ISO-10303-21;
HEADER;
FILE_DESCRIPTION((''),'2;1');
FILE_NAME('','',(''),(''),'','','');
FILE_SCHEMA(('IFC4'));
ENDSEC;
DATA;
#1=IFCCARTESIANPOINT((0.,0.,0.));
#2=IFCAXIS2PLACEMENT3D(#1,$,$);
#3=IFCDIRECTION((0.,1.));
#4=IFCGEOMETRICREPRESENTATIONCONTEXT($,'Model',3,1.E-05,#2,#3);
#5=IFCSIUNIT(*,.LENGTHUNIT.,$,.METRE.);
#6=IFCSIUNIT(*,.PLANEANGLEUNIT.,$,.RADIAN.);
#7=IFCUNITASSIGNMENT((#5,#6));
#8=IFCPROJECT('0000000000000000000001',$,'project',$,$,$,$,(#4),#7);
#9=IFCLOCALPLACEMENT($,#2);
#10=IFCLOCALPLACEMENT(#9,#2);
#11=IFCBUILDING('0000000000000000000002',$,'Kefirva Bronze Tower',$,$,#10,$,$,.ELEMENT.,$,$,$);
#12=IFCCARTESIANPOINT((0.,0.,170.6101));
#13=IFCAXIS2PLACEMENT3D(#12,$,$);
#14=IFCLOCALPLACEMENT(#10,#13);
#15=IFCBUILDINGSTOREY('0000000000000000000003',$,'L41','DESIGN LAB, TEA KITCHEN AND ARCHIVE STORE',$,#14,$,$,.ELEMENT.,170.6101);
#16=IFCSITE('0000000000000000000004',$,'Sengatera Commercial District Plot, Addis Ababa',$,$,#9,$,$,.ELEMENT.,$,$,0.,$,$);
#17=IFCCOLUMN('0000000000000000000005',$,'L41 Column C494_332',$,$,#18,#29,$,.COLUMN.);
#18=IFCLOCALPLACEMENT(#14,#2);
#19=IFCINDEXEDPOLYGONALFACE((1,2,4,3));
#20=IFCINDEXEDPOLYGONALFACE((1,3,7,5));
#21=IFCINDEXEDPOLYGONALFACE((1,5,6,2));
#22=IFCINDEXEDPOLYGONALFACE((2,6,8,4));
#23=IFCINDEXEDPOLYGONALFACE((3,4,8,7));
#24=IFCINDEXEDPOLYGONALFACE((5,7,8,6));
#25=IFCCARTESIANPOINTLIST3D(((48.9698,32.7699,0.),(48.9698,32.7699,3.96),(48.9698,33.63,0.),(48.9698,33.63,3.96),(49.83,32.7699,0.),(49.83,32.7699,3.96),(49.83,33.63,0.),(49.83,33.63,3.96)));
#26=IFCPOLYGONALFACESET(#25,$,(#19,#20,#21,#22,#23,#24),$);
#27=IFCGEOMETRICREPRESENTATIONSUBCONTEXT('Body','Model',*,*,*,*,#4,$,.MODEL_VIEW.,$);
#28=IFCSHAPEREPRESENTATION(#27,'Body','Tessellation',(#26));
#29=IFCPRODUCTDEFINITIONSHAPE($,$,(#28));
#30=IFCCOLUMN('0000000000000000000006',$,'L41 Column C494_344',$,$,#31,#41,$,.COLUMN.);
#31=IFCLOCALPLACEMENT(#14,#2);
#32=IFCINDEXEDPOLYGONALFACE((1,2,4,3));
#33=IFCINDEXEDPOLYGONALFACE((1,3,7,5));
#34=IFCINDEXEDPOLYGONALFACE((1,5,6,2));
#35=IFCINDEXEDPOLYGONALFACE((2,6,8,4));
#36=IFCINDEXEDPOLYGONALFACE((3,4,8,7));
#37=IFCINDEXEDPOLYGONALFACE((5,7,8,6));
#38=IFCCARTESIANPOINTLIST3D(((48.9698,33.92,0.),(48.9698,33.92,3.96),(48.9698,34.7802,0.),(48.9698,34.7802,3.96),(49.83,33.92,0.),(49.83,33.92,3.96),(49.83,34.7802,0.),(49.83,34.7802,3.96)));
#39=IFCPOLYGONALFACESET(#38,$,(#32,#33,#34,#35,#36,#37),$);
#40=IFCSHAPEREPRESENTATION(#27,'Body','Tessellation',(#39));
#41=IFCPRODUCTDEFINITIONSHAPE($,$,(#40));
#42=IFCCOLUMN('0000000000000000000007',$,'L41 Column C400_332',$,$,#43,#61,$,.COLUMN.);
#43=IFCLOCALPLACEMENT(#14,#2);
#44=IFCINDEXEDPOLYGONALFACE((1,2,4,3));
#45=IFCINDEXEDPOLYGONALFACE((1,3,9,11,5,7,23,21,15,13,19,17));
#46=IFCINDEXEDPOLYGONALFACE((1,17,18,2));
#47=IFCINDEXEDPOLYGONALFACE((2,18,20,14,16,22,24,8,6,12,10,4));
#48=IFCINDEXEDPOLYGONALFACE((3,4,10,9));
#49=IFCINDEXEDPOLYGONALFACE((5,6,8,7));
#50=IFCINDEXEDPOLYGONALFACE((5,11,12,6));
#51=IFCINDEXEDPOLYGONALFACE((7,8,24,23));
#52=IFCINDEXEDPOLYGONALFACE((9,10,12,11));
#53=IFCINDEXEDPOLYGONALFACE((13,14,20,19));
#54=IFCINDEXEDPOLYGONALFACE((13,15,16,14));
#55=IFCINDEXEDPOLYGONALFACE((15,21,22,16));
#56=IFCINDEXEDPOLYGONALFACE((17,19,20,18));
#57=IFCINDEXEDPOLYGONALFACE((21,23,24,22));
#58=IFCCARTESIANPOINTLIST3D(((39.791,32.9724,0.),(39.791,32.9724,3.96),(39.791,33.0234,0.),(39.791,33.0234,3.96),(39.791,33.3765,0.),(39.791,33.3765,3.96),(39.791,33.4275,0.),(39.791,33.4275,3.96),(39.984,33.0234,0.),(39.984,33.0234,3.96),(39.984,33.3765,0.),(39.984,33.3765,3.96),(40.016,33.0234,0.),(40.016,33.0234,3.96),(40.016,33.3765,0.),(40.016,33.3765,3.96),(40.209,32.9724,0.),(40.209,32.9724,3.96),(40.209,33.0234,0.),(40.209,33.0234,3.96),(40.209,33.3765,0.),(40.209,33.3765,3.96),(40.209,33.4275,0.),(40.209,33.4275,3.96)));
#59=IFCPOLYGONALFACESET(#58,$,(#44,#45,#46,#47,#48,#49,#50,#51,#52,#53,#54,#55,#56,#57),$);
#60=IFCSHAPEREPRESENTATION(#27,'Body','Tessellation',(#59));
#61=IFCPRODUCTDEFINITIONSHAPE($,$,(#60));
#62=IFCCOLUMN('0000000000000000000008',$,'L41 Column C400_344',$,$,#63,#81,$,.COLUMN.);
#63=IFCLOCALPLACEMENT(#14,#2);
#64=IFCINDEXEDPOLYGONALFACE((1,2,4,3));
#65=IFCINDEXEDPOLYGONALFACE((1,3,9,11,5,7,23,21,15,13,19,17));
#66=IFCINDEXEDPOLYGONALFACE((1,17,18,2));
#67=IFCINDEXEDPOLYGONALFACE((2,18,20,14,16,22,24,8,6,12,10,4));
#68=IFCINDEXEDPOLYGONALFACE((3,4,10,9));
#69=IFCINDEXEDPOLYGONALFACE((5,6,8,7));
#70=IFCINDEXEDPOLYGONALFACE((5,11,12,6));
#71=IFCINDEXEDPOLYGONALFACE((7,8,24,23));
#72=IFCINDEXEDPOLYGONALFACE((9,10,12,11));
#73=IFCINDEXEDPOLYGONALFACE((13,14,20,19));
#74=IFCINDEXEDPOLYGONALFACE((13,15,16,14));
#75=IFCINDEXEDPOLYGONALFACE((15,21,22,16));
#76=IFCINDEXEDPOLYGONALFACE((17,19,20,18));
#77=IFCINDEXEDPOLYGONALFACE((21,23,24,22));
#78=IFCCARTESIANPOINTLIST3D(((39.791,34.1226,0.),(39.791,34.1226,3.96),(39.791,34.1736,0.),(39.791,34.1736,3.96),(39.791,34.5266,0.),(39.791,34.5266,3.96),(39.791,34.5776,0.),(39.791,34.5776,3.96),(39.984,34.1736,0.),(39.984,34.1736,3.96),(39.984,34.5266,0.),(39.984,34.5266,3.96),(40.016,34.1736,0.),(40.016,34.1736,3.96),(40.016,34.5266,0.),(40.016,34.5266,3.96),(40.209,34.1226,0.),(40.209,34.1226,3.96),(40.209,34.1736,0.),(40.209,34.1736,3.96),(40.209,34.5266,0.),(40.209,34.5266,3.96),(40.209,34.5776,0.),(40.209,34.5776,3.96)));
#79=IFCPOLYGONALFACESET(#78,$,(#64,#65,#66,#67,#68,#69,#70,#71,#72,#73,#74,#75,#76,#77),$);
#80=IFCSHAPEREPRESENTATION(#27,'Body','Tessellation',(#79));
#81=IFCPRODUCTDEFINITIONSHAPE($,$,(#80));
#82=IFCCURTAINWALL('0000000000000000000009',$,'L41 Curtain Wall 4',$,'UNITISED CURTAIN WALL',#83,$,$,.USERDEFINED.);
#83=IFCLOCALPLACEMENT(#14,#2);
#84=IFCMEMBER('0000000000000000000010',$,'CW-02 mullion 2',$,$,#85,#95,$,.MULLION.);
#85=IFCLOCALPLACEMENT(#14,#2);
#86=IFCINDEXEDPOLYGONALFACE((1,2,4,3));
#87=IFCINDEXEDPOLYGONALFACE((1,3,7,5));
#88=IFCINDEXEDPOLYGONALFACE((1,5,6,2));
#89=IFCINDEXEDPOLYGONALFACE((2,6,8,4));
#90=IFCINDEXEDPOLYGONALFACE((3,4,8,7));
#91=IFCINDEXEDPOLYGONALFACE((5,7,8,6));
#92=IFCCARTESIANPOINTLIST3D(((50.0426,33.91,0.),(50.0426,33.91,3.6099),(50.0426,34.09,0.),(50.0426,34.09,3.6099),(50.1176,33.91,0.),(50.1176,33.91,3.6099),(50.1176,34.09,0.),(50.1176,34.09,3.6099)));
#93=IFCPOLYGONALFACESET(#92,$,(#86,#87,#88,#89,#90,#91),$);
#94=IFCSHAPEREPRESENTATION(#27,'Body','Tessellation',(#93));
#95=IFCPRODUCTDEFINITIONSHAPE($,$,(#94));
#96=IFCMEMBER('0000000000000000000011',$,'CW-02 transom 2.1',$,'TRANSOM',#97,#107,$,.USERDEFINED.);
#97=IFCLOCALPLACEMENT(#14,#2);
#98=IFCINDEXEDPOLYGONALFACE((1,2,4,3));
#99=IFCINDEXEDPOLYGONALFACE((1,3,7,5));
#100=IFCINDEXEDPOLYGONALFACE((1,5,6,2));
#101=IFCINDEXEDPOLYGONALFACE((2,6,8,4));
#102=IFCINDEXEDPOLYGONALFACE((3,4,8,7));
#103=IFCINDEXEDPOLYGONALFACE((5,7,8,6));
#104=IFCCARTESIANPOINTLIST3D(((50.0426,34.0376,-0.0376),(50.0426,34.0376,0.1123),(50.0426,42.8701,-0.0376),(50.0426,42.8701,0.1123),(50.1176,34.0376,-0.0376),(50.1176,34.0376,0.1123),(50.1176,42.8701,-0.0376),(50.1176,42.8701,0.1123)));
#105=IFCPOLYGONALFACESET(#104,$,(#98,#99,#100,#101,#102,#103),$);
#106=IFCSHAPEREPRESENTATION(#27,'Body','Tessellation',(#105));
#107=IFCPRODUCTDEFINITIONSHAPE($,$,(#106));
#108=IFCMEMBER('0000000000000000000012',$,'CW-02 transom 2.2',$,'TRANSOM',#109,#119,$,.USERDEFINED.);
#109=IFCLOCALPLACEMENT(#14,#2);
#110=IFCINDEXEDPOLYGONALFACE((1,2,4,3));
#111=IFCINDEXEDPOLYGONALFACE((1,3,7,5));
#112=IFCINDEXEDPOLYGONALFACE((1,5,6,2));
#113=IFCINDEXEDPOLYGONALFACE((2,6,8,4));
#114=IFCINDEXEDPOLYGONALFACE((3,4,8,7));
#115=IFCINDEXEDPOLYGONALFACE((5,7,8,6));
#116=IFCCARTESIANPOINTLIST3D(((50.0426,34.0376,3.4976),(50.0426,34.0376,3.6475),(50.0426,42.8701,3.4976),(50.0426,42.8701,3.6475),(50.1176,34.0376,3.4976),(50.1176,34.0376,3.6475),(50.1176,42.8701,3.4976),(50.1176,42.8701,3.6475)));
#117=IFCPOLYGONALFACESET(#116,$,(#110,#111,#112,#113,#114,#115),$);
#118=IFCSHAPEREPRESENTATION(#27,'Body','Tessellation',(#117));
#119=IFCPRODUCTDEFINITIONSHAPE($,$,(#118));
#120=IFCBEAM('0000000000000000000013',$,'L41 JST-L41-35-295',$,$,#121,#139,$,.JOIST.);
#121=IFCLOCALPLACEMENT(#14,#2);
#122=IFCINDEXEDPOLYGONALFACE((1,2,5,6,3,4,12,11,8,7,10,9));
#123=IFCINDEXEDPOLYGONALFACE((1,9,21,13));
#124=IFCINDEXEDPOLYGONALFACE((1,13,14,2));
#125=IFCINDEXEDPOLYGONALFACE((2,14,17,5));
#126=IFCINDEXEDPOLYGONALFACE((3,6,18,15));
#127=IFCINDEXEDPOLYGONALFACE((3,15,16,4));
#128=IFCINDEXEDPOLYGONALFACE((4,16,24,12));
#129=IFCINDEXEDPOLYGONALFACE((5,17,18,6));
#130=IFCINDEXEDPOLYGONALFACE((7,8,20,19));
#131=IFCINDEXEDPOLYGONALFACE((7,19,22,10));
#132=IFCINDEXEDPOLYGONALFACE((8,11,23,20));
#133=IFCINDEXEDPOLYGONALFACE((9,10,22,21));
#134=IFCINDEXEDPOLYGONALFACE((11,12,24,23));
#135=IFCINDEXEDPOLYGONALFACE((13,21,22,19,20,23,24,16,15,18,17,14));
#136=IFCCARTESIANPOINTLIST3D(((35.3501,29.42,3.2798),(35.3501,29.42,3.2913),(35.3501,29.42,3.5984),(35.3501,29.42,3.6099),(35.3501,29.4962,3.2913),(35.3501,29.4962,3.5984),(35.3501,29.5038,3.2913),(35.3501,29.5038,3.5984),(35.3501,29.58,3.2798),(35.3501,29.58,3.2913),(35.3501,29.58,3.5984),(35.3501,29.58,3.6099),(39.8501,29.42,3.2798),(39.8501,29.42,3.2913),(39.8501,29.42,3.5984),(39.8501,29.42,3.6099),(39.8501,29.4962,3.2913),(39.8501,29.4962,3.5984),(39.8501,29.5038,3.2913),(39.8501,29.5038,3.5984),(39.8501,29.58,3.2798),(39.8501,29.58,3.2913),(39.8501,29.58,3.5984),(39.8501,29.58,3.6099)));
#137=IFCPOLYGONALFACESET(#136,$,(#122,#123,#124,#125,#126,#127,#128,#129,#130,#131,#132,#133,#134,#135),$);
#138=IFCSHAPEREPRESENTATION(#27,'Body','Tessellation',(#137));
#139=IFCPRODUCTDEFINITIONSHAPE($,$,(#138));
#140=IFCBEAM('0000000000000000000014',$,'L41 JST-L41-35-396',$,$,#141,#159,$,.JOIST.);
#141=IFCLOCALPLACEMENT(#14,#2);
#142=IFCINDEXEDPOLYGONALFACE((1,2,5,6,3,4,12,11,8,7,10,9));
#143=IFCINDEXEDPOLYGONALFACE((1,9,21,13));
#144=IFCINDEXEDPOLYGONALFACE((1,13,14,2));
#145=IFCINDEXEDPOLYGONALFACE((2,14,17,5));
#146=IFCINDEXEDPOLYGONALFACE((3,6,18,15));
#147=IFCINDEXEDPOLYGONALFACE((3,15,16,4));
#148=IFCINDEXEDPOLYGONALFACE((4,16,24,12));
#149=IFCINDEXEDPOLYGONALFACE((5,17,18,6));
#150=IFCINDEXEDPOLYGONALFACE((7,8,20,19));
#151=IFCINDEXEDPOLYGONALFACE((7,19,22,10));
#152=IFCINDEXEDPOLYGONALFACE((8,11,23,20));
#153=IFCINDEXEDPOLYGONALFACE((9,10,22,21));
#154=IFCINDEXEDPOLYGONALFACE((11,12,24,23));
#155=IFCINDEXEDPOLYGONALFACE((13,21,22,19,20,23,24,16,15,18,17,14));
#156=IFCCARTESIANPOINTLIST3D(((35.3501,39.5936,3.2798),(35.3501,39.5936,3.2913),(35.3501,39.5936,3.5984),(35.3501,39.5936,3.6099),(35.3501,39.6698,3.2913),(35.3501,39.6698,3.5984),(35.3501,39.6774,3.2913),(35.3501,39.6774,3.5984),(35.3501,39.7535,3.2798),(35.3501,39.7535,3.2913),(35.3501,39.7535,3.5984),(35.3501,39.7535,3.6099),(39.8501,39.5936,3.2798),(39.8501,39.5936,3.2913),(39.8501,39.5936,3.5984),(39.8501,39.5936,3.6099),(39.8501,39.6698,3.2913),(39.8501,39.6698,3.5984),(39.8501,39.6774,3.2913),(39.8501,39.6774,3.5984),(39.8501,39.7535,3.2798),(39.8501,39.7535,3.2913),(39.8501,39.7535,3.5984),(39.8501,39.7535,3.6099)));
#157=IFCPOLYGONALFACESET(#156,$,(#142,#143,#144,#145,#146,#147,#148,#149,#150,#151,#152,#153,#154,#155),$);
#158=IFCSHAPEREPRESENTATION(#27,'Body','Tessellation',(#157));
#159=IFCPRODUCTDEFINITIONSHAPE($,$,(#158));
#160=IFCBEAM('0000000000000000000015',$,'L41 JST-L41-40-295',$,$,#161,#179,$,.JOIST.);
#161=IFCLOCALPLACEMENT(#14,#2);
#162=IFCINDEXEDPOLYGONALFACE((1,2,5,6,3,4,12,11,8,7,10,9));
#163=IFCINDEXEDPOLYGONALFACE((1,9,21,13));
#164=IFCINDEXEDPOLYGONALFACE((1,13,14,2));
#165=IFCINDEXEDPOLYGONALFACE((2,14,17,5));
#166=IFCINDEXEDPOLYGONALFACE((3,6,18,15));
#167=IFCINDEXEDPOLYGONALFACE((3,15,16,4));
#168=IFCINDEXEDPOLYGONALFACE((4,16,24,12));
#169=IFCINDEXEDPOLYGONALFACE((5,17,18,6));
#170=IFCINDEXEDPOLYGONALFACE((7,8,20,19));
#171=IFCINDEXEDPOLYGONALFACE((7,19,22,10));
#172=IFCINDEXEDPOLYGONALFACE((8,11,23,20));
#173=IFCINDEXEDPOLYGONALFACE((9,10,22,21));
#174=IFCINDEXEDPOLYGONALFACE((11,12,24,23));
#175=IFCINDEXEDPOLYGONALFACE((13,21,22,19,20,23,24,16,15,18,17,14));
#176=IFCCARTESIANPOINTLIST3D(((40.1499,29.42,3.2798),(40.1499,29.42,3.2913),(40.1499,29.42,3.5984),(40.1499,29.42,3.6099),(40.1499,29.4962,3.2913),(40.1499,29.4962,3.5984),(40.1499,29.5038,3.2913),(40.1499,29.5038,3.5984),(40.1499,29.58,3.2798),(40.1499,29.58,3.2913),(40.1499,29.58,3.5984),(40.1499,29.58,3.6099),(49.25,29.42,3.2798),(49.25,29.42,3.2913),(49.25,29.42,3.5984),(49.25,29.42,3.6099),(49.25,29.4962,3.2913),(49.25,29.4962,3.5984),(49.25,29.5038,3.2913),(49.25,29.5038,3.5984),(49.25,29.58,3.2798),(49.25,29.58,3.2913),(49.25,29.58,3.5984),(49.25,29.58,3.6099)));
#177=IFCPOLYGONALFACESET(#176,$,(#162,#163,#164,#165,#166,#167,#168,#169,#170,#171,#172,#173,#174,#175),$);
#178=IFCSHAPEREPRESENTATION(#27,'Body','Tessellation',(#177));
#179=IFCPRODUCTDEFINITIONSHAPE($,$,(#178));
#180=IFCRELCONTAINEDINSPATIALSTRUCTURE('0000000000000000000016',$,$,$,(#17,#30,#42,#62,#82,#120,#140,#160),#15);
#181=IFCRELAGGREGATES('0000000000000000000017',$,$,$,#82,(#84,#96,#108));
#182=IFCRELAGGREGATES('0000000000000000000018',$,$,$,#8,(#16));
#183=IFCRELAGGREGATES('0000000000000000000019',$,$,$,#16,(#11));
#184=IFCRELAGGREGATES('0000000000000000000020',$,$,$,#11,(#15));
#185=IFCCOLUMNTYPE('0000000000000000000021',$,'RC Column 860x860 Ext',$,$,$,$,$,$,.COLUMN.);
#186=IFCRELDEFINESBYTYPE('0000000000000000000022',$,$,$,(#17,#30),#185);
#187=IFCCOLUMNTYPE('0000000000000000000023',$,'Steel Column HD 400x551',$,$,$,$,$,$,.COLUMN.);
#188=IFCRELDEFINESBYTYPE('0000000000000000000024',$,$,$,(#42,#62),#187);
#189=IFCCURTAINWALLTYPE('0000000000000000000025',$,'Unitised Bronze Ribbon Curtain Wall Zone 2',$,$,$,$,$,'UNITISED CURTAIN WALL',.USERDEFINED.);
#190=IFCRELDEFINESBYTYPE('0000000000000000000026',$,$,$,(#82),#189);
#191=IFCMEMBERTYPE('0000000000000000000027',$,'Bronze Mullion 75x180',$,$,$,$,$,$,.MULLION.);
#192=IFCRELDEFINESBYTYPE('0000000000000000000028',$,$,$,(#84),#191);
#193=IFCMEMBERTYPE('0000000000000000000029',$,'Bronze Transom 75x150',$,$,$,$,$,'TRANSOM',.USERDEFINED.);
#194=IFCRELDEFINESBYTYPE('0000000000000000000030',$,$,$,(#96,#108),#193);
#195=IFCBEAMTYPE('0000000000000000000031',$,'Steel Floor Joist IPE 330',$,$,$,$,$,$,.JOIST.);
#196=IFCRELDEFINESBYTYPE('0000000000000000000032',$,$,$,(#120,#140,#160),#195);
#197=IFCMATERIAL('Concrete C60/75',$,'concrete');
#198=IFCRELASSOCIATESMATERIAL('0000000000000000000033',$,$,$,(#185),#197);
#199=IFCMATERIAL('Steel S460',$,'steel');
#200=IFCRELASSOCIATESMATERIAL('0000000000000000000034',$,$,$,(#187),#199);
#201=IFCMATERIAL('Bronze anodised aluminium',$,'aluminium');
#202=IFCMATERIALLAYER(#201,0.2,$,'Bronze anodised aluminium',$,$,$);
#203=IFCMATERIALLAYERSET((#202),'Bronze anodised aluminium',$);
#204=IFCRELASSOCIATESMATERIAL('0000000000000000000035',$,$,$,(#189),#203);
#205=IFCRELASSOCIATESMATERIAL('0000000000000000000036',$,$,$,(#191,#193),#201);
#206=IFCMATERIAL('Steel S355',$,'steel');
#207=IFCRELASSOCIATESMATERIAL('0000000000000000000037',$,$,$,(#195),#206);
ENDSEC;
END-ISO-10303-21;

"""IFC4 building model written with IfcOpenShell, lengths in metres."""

from ifc_helpers import new_model, si_unit, direction, frame, origin, origin_2d, place, context, subcontext, project, spatial, rectangle, i_section, extrude, material, layer, layer_set, material_profile, profile_set, type_object, element, aggregate, save


model = new_model("IFC4")

# Units and contexts
model_context = context("Model", 3, precision=1e-05, world=origin(), true_north=direction((0.0, 1.0)))
body_context = subcontext(model_context, "Body", "Model", "MODEL_VIEW")
ifc_project = project(units=[si_unit("LENGTHUNIT", "METRE"), si_unit("PLANEANGLEUNIT", "RADIAN")], contexts=[model_context])

# Site, building, storey
site_placement = place(None, origin())
site = spatial("IfcSite", under=ifc_project, at=site_placement, Name="Sengatera Commercial District Plot, Addis Ababa", CompositionType="ELEMENT", RefElevation=0.0)
building_placement = place(site_placement, origin())
building = spatial("IfcBuilding", under=site, at=building_placement, Name="Kefirva Bronze Tower", CompositionType="ELEMENT")
storey_placement = place(building_placement, frame((0.0, 0.0, 170.6101)))
storey = spatial("IfcBuildingStorey", under=building, at=storey_placement, Name="L41", Description="DESIGN LAB, TEA KITCHEN AND ARCHIVE STORE", CompositionType="ELEMENT", Elevation=170.6101)

# Columns
ifc_material_1 = material(Name="Concrete C60/75", Category="concrete")
ifc_material_profile_1 = material_profile(ifc_material_1, rectangle(XDim=0.8601, YDim=0.8601, at=origin_2d()), Name="RC 860x860")
ifc_profile_set_1 = profile_set([ifc_material_profile_1], Name="Concrete C60/75")
column_type_1 = type_object("IfcColumnType", Name="RC Column 860x860 Ext", PredefinedType="COLUMN", material=ifc_profile_set_1)
for number, where, z_axis, x_axis, name in (
    (1, (49.3999, 33.2, 0.0), (0.0, 0.0, 1.0), (1.0, 0.0, 0.0), "L41 Column C494_332"),
    (2, (49.3999, 34.3501, 0.0), (0.0, 0.0, 1.0), (1.0, 0.0, 0.0), "L41 Column C494_344"),
):
    element("IfcColumn", number, at=place(storey_placement, frame(where, z_axis=z_axis, x_axis=x_axis)), inside=storey, type_object=column_type_1, Name=name, PredefinedType="COLUMN", context=body_context, shape_type="SweptSolid", body=[
        extrude(rectangle(XDim=0.8601, YDim=0.8601, at=origin_2d()), origin(), (0.0, 0.0, 1.0), 3.96),
    ])
ifc_material_2 = material(Name="Steel S460", Category="steel")
ifc_material_profile_2 = material_profile(ifc_material_2, i_section(OverallWidth=0.418, OverallDepth=0.4551, WebThickness=0.032, FlangeThickness=0.051, at=origin_2d()), Name="HD 400x551")
ifc_profile_set_2 = profile_set([ifc_material_profile_2], Name="Steel S460")
column_type_2 = type_object("IfcColumnType", Name="Steel Column HD 400x551", PredefinedType="COLUMN", material=ifc_profile_set_2)
for number, where, z_axis, x_axis, name in (
    (3, (40.0, 33.2, 0.0), (0.0, 0.0, 1.0), (1.0, 0.0, 0.0), "L41 Column C400_332"),
    (4, (40.0, 34.3501, 0.0), (0.0, 0.0, 1.0), (1.0, 0.0, 0.0), "L41 Column C400_344"),
):
    element("IfcColumn", number, at=place(storey_placement, frame(where, z_axis=z_axis, x_axis=x_axis)), inside=storey, type_object=column_type_2, Name=name, PredefinedType="COLUMN", context=body_context, shape_type="SweptSolid", body=[
        extrude(i_section(OverallWidth=0.418, OverallDepth=0.4551, WebThickness=0.032, FlangeThickness=0.051, at=origin_2d()), origin(), (0.0, 0.0, 1.0), 3.96),
    ])

# Curtain wall, members
ifc_material_3 = material(Name="Bronze anodised aluminium", Category="aluminium")
ifc_layer_1 = layer(ifc_material_3, 0.2, Name="Bronze anodised aluminium")
ifc_layer_set_1 = layer_set([ifc_layer_1], Name="Bronze anodised aluminium")
curtain_wall_type = type_object("IfcCurtainWallType", Name="Unitised Bronze Ribbon Curtain Wall Zone 2", ElementType="UNITISED CURTAIN WALL", PredefinedType="USERDEFINED", material=ifc_layer_set_1)
curtain_wall_placement = place(storey_placement, origin())
curtain_wall = element("IfcCurtainWall", 5, at=curtain_wall_placement, inside=storey, type_object=curtain_wall_type, Name="L41 Curtain Wall 4", ObjectType="UNITISED CURTAIN WALL", PredefinedType="USERDEFINED")
ifc_material_profile_3 = material_profile(ifc_material_3, rectangle(XDim=0.075, YDim=0.1799, at=origin_2d()), Name="ALU 75x180")
ifc_profile_set_3 = profile_set([ifc_material_profile_3], Name="Bronze anodised aluminium")
member_type_1 = type_object("IfcMemberType", Name="Bronze Mullion 75x180", PredefinedType="MULLION", material=ifc_profile_set_3)
member_1_placement = place(storey_placement, frame((50.0801, 34.0, 0.0), z_axis=(0.0, 0.0, 1.0), x_axis=(-1.0, 0.0, 0.0)))
member_1 = element("IfcMember", 6, at=member_1_placement, type_object=member_type_1, Name="CW-02 mullion 2", PredefinedType="MULLION", context=body_context, shape_type="SweptSolid", body=[
    extrude(rectangle(XDim=0.075, YDim=0.1799, at=origin_2d()), origin(), (0.0, 0.0, 1.0), 3.6099),
])
ifc_material_profile_4 = material_profile(ifc_material_3, rectangle(XDim=0.075, YDim=0.1499, at=origin_2d()), Name="ALU 75x150")
ifc_profile_set_4 = profile_set([ifc_material_profile_4], Name="Bronze anodised aluminium")
member_type_2 = type_object("IfcMemberType", Name="Bronze Transom 75x150", ElementType="TRANSOM", PredefinedType="USERDEFINED", material=ifc_profile_set_4)
member_2_placement = place(storey_placement, frame((50.0801, 34.0376, 0.0374), z_axis=(0.0, 1.0, 0.0), x_axis=(-1.0, 0.0, 0.0)))
member_2 = element("IfcMember", 7, at=member_2_placement, type_object=member_type_2, Name="CW-02 transom 2.1", ObjectType="TRANSOM", PredefinedType="USERDEFINED", context=body_context, shape_type="SweptSolid", body=[
    extrude(rectangle(XDim=0.075, YDim=0.1499, at=origin_2d()), origin(), (0.0, 0.0, 1.0), 8.8325),
])
member_3_placement = place(storey_placement, frame((50.0801, 34.0376, 3.5725), z_axis=(0.0, 1.0, 0.0), x_axis=(-1.0, 0.0, 0.0)))
member_3 = element("IfcMember", 8, at=member_3_placement, type_object=member_type_2, Name="CW-02 transom 2.2", ObjectType="TRANSOM", PredefinedType="USERDEFINED", context=body_context, shape_type="SweptSolid", body=[
    extrude(rectangle(XDim=0.075, YDim=0.1499, at=origin_2d()), origin(), (0.0, 0.0, 1.0), 8.8325),
])

# Beams
ifc_material_4 = material(Name="Steel S355", Category="steel")
ifc_material_profile_5 = material_profile(ifc_material_4, i_section(OverallWidth=0.1599, OverallDepth=0.3301, WebThickness=0.0076, FlangeThickness=0.0115, at=origin_2d()), Name="IPE 330")
ifc_profile_set_5 = profile_set([ifc_material_profile_5], Name="Steel S355")
beam_type_1 = type_object("IfcBeamType", Name="Steel Floor Joist IPE 330", PredefinedType="JOIST", material=ifc_profile_set_5)
for number, where, z_axis, x_axis, name in (
    (9, (35.3501, 29.5, 3.4448), (1.0, 0.0, 0.0), (0.0, 1.0, 0.0), "L41 JST-L41-35-295"),
    (10, (35.3501, 39.6736, 3.4448), (1.0, 0.0, 0.0), (0.0, 1.0, 0.0), "L41 JST-L41-35-396"),
):
    element("IfcBeam", number, at=place(storey_placement, frame(where, z_axis=z_axis, x_axis=x_axis)), inside=storey, type_object=beam_type_1, Name=name, PredefinedType="JOIST", context=body_context, shape_type="SweptSolid", body=[
        extrude(i_section(OverallWidth=0.1599, OverallDepth=0.3301, WebThickness=0.0076, FlangeThickness=0.0115, at=origin_2d()), origin(), (0.0, 0.0, 1.0), 4.5),
    ])
beam_1_placement = place(storey_placement, frame((40.1499, 29.5, 3.4448), z_axis=(1.0, 0.0, 0.0), x_axis=(0.0, 1.0, 0.0)))
element("IfcBeam", 11, at=beam_1_placement, inside=storey, type_object=beam_type_1, Name="L41 JST-L41-40-295", PredefinedType="JOIST", context=body_context, shape_type="SweptSolid", body=[
    extrude(i_section(OverallWidth=0.1599, OverallDepth=0.3301, WebThickness=0.0076, FlangeThickness=0.0115, at=origin_2d()), origin(), (0.0, 0.0, 1.0), 9.1001),
])

aggregate(curtain_wall, [member_1, member_2, member_3])

save(model, "model.ifc")
